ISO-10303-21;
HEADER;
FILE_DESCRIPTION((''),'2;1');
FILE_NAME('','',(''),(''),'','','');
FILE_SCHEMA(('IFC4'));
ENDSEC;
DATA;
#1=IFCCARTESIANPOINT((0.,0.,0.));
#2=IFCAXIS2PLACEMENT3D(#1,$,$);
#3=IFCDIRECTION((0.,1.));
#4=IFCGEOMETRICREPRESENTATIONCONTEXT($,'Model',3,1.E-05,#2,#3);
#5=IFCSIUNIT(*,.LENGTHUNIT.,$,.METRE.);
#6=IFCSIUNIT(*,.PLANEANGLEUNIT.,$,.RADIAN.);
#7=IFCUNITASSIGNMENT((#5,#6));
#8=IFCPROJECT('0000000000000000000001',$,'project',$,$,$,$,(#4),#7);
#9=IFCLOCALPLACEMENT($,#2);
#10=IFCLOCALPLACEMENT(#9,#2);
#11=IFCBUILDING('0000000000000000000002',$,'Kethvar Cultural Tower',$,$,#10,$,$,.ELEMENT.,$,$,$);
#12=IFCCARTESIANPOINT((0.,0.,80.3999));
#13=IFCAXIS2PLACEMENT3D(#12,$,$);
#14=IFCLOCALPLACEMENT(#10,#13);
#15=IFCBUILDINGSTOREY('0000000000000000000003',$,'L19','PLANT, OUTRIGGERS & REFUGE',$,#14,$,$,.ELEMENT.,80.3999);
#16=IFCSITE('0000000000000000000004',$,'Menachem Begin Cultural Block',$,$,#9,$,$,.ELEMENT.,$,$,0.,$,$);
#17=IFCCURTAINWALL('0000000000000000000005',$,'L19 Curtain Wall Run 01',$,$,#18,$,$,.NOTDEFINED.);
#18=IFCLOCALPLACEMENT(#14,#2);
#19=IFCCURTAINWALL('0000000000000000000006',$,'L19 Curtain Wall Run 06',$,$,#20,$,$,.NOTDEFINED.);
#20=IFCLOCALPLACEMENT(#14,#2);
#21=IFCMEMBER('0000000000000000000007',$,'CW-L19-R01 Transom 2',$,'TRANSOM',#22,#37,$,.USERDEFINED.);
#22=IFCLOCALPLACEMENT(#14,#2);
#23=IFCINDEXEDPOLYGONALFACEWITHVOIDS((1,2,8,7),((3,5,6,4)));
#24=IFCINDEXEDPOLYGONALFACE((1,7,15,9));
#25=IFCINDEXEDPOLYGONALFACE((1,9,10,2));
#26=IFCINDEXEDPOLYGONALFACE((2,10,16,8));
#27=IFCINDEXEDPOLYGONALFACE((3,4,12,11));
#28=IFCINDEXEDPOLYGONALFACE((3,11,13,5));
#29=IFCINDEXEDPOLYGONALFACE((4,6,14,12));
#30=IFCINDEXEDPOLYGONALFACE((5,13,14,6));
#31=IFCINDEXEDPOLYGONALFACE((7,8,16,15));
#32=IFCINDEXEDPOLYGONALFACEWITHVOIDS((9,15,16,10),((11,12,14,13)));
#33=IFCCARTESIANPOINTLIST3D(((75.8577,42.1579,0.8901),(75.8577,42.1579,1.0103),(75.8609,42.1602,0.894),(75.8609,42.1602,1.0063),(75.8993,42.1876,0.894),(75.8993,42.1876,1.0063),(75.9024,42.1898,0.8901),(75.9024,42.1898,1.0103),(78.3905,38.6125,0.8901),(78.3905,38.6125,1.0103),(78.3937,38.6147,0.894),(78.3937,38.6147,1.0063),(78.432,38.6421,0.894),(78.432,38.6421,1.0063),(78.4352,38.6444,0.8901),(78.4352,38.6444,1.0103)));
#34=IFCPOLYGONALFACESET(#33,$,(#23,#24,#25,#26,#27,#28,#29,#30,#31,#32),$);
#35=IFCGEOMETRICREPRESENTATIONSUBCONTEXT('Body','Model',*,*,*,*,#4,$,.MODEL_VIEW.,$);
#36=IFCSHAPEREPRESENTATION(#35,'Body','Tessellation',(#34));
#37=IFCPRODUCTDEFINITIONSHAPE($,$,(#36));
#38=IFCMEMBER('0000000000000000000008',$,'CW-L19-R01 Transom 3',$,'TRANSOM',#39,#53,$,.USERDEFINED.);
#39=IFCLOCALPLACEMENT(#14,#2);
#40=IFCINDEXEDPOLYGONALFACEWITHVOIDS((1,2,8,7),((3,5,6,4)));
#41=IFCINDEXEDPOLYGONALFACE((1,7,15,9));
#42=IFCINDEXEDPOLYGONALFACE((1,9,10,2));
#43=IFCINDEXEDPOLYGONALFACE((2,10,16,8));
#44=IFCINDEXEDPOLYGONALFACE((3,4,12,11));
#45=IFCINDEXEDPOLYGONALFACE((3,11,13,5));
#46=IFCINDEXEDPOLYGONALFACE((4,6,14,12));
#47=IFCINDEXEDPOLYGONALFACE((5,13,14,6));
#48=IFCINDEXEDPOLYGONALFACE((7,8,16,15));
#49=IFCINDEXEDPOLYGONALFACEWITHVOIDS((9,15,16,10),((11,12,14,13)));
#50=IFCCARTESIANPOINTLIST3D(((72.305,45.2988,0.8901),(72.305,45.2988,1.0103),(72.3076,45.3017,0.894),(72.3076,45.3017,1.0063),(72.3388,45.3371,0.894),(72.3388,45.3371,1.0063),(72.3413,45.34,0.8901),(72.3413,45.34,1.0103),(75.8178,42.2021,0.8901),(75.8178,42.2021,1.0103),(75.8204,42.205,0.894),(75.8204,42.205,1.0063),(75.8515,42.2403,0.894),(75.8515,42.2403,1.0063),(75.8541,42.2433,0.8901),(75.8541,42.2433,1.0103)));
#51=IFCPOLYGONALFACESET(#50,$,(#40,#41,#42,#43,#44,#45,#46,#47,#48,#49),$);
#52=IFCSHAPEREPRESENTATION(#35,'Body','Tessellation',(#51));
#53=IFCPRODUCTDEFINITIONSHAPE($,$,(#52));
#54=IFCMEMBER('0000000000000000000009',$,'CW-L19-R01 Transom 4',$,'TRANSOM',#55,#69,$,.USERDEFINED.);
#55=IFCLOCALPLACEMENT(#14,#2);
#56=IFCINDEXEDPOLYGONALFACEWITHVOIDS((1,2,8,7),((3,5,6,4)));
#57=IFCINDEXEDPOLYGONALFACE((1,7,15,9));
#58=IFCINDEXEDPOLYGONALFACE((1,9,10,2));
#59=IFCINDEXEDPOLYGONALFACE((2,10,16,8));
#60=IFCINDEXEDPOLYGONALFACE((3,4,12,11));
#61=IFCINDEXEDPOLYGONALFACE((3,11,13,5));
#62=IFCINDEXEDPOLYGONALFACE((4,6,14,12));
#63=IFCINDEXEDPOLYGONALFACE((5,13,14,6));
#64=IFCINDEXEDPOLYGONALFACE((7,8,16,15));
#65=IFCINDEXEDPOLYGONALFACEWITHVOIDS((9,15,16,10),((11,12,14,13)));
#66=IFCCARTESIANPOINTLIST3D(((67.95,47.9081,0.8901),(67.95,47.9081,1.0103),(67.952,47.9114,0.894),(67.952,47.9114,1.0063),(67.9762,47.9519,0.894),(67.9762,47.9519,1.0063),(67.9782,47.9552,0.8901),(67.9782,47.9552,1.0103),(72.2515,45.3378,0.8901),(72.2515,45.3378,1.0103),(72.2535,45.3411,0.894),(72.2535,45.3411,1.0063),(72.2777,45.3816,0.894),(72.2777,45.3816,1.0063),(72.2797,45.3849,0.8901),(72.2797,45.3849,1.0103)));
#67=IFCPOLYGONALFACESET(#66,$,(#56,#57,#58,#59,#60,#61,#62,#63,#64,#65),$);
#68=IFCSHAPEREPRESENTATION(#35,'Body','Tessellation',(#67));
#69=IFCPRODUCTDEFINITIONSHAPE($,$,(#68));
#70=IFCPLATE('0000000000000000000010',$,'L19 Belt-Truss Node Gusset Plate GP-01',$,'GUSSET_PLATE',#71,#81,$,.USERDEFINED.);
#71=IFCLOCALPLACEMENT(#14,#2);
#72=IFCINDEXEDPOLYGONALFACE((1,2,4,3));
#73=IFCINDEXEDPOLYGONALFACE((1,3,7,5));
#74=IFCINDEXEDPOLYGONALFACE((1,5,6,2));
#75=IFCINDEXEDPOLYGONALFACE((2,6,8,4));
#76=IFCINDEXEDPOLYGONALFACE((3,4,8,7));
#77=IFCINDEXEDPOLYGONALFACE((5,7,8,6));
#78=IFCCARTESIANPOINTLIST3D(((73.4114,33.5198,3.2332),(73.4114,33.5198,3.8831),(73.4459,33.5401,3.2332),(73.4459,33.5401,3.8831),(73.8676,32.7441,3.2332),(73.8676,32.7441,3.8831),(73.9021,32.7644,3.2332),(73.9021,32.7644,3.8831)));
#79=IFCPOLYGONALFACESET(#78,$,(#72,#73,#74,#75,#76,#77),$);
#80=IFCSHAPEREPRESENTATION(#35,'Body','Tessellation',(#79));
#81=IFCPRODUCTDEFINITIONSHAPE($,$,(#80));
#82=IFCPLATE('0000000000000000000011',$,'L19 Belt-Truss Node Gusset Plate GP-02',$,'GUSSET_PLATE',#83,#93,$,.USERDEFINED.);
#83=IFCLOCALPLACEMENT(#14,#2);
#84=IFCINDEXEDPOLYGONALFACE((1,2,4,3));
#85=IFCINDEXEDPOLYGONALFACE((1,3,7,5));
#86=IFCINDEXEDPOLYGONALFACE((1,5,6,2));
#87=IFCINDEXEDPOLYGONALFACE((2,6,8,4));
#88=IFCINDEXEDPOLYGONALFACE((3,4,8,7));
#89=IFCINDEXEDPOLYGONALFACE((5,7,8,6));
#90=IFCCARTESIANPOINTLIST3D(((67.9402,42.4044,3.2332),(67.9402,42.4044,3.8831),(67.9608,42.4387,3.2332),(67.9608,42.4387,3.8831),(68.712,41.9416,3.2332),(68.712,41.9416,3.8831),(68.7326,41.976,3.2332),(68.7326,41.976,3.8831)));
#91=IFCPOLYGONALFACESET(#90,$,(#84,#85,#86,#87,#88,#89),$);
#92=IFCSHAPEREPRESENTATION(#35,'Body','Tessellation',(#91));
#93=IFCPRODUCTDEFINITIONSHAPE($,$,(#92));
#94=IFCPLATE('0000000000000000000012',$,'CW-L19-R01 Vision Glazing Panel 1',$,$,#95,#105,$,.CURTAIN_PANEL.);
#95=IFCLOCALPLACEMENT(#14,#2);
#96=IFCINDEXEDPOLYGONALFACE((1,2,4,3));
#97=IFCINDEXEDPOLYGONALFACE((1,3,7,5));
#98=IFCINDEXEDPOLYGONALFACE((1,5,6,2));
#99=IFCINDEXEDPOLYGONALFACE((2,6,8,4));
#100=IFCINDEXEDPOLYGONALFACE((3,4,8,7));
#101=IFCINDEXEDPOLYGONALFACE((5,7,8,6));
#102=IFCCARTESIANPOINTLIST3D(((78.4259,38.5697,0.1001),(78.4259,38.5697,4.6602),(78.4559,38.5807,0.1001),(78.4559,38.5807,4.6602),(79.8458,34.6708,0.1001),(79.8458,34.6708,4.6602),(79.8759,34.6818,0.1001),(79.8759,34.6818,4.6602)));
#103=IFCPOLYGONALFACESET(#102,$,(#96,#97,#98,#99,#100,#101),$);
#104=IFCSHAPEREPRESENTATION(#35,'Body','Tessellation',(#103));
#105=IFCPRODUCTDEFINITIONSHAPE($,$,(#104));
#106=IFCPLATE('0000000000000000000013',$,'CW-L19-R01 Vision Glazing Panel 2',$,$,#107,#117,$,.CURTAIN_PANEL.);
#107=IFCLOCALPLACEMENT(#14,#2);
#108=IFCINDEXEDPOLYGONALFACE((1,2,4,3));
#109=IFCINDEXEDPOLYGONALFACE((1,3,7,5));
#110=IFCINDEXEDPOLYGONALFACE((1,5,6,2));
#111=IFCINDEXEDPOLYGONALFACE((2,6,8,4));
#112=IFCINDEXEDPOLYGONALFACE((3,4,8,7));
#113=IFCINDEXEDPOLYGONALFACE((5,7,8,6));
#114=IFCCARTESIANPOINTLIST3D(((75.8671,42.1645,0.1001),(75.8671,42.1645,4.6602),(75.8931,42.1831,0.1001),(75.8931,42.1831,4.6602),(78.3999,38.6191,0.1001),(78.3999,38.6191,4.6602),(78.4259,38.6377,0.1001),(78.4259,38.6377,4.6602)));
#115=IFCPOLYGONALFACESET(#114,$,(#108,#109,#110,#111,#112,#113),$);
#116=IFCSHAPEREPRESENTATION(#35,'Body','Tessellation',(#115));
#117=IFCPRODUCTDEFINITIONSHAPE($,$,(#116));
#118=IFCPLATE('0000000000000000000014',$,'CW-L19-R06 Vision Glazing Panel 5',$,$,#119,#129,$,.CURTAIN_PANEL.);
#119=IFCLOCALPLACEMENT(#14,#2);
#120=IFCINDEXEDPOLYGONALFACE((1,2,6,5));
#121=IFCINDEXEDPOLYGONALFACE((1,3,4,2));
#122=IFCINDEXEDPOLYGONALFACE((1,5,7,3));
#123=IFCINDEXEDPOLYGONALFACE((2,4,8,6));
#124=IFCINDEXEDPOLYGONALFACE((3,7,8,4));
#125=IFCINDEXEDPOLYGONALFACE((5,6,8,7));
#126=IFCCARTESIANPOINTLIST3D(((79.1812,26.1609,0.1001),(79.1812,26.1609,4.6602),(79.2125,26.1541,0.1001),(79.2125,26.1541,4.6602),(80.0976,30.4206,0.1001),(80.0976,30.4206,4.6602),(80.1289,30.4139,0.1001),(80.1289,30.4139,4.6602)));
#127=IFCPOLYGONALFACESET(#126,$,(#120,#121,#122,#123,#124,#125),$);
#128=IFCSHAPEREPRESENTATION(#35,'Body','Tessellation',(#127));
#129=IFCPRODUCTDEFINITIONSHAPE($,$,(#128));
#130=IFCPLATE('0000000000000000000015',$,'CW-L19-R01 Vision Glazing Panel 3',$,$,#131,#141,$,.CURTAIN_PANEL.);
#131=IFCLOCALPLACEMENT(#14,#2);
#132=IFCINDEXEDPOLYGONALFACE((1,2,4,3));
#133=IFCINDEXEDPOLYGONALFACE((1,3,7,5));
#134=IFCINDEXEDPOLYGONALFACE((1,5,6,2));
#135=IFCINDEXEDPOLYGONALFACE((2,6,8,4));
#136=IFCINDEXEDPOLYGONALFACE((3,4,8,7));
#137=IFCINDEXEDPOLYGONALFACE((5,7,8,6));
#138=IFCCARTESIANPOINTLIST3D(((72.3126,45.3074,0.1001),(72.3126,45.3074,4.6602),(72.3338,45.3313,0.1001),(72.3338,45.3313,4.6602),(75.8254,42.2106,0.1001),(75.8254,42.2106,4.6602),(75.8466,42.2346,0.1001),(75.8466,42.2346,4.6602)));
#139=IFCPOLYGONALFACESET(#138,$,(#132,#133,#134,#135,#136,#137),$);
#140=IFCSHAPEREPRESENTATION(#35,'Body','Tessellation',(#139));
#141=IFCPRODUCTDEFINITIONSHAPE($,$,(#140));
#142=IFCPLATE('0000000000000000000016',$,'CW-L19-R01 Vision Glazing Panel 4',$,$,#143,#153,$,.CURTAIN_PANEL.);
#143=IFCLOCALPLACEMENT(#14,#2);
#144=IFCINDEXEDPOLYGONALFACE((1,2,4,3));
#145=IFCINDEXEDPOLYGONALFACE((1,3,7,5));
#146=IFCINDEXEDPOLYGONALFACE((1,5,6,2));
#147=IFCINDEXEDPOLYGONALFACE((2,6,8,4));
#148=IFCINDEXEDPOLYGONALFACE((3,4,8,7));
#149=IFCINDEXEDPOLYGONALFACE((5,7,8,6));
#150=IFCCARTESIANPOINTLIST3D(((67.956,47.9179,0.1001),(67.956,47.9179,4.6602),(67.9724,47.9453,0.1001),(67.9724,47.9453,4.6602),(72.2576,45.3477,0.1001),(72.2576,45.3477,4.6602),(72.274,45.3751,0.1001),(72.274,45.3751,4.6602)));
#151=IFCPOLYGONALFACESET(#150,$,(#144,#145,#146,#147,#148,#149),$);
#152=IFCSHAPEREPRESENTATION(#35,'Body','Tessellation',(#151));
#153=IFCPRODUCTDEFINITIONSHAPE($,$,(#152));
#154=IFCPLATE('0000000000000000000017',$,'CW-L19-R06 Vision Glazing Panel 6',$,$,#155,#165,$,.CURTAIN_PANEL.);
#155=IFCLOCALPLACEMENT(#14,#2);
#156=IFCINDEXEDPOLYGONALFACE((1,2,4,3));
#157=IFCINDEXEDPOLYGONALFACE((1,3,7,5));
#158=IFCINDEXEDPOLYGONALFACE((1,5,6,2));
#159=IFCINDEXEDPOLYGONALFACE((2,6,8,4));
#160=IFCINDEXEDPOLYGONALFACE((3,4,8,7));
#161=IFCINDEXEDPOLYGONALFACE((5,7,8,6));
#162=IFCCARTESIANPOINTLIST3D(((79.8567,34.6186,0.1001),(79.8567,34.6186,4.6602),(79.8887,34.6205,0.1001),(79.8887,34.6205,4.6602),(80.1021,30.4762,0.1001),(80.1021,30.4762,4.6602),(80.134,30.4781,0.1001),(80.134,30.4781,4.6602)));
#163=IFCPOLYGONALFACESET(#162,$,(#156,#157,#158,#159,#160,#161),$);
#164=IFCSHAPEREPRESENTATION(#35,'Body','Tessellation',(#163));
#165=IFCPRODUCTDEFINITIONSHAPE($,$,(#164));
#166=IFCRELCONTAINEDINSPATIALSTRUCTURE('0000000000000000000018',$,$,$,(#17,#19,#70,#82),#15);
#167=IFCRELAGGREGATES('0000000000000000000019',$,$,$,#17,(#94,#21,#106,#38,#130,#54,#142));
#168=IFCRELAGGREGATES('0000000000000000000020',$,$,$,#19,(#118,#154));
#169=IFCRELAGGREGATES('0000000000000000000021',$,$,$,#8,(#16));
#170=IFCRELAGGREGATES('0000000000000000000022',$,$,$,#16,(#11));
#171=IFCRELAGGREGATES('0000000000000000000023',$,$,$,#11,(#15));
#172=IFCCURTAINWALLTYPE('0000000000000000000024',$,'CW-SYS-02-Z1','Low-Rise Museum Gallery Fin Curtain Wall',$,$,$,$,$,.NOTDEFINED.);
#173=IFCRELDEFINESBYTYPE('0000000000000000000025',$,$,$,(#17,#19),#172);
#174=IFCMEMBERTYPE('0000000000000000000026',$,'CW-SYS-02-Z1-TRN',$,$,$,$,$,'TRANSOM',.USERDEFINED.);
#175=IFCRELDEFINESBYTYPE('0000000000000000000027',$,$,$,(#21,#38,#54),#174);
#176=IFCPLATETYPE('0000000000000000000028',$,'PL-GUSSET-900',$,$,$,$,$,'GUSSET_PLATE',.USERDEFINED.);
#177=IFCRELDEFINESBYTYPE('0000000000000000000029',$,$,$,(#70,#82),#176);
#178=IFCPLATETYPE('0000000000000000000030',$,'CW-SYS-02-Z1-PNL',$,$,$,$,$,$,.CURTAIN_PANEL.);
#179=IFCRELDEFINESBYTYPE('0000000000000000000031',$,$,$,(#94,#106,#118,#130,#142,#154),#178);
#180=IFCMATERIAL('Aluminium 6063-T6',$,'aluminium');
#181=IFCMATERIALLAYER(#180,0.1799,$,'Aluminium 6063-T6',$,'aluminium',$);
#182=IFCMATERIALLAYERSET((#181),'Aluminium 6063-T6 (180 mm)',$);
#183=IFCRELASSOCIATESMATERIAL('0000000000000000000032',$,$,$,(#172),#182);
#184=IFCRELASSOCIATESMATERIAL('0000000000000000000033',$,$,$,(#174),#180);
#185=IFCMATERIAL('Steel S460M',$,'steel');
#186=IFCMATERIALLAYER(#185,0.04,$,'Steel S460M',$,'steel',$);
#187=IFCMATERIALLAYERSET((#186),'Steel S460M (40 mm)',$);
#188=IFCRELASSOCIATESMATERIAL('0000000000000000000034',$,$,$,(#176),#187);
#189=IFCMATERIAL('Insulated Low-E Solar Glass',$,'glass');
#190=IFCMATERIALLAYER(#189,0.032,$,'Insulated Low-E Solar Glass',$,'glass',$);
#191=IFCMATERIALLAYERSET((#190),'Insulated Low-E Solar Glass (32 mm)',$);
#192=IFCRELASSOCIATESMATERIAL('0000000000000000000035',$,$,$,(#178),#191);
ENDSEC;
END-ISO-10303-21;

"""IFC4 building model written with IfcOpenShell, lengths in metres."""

from ifc_helpers import new_model, si_unit, direction, frame, origin, origin_2d, place, context, subcontext, project, spatial, rectangle, hollow_rectangle, extrude, source, transform, mapped, material, layer, layer_set, material_profile, profile_set, type_object, element, aggregate, save


model = new_model("IFC4")

# Units and contexts
model_context = context("Model", 3, precision=1e-05, world=origin(), true_north=direction((0.0, 1.0)))
body_context = subcontext(model_context, "Body", "Model", "MODEL_VIEW")
ifc_project = project(units=[si_unit("LENGTHUNIT", "METRE"), si_unit("PLANEANGLEUNIT", "RADIAN")], contexts=[model_context])

# Site, building, storey
site_placement = place(None, origin())
site = spatial("IfcSite", under=ifc_project, at=site_placement, Name="Menachem Begin Cultural Block", CompositionType="ELEMENT", RefElevation=0.0)
building_placement = place(site_placement, origin())
building = spatial("IfcBuilding", under=site, at=building_placement, Name="Kethvar Cultural Tower", CompositionType="ELEMENT")
storey_placement = place(building_placement, frame((0.0, 0.0, 80.3999)))
storey = spatial("IfcBuildingStorey", under=building, at=storey_placement, Name="L19", Description="PLANT, OUTRIGGERS & REFUGE", CompositionType="ELEMENT", Elevation=80.3999)

# Shared definitions
ifc_material_1 = material(Name="Steel S460M", Category="steel")

# Curtain wall
ifc_material_2 = material(Name="Aluminium 6063-T6", Category="aluminium")
ifc_layer_1 = layer(ifc_material_2, 0.1799, Name="Aluminium 6063-T6", Category="aluminium")
ifc_layer_set_1 = layer_set([ifc_layer_1], Name="Aluminium 6063-T6 (180 mm)")
curtain_wall_type = type_object("IfcCurtainWallType", Name="CW-SYS-02-Z1", Description="Low-Rise Museum Gallery Fin Curtain Wall", PredefinedType="NOTDEFINED", material=ifc_layer_set_1)
curtain_wall_1_placement = place(storey_placement, origin())
curtain_wall_1 = element("IfcCurtainWall", 1, at=curtain_wall_1_placement, inside=storey, type_object=curtain_wall_type, Name="L19 Curtain Wall Run 01", PredefinedType="NOTDEFINED")

# Curtain wall
curtain_wall_2_placement = place(storey_placement, origin())
curtain_wall_2 = element("IfcCurtainWall", 2, at=curtain_wall_2_placement, inside=storey, type_object=curtain_wall_type, Name="L19 Curtain Wall Run 06", PredefinedType="NOTDEFINED")

# Members
ifc_material_profile_1 = material_profile(ifc_material_2, hollow_rectangle(XDim=0.0549, YDim=0.1201, WallThickness=0.0039, at=origin_2d()), Name="Aluminium 6063-T6 — RHS120x55x4")
ifc_profile_set_1 = profile_set([ifc_material_profile_1], Name="Aluminium 6063-T6 — RHS120x55x4")
member_type_1 = type_object("IfcMemberType", Name="CW-SYS-02-Z1-TRN", ElementType="TRANSOM", PredefinedType="USERDEFINED", material=ifc_profile_set_1)
shared_shape_1 = source(origin(), body_context, "Body", "SweptSolid", [
    extrude(hollow_rectangle(XDim=0.0549, YDim=0.1201, WallThickness=0.0039, at=origin_2d()), origin(), (0.0, 0.0, 1.0), 4.3572),
])
member_1_placement = place(storey_placement, frame((78.4128, 38.6284, 0.9502), z_axis=(-0.581281, 0.813703, 0.0), x_axis=(-0.813703, -0.581281, 0.0)))
member_1 = element("IfcMember", 3, at=member_1_placement, type_object=member_type_1, Name="CW-L19-R01 Transom 2", ObjectType="TRANSOM", PredefinedType="USERDEFINED", context=body_context, shape_type="MappedRepresentation", body=[
    mapped(shared_shape_1, transform((0.0, 0.0, 0.0), scale=1.0)),
])
shared_shape_2 = source(origin(), body_context, "Body", "SweptSolid", [
    extrude(hollow_rectangle(XDim=0.0549, YDim=0.1201, WallThickness=0.0039, at=origin_2d()), origin(), (0.0, 0.0, 1.0), 4.6829),
])
member_2_placement = place(storey_placement, frame((75.8359, 42.2227, 0.9502), z_axis=(-0.75013, 0.661291, 0.0), x_axis=(-0.661291, -0.75013, 0.0)))
member_2 = element("IfcMember", 4, at=member_2_placement, type_object=member_type_1, Name="CW-L19-R01 Transom 3", ObjectType="TRANSOM", PredefinedType="USERDEFINED", context=body_context, shape_type="MappedRepresentation", body=[
    mapped(shared_shape_2, transform((0.0, 0.0, 0.0), scale=1.0)),
])
shared_shape_3 = source(origin(), body_context, "Body", "SweptSolid", [
    extrude(hollow_rectangle(XDim=0.0549, YDim=0.1201, WallThickness=0.0039, at=origin_2d()), origin(), (0.0, 0.0, 1.0), 5.011),
])
member_3_placement = place(storey_placement, frame((72.2656, 45.3613, 0.9502), z_axis=(-0.858424, 0.51294, 0.0), x_axis=(-0.51294, -0.858424, 0.0)))
member_3 = element("IfcMember", 5, at=member_3_placement, type_object=member_type_1, Name="CW-L19-R01 Transom 4", ObjectType="TRANSOM", PredefinedType="USERDEFINED", context=body_context, shape_type="MappedRepresentation", body=[
    mapped(shared_shape_3, transform((0.0, 0.0, 0.0), scale=1.0)),
])

# Plates
ifc_layer_2 = layer(ifc_material_1, 0.04, Name="Steel S460M", Category="steel")
ifc_layer_set_2 = layer_set([ifc_layer_2], Name="Steel S460M (40 mm)")
plate_type_1 = type_object("IfcPlateType", Name="PL-GUSSET-900", ElementType="GUSSET_PLATE", PredefinedType="USERDEFINED", material=ifc_layer_set_2)
shared_shape_4 = source(origin(), body_context, "Body", "SweptSolid", [
    extrude(rectangle(XDim=0.8999, YDim=0.04, at=origin_2d()), origin(), (0.0, 0.0, 1.0), 0.6499),
])
for number, where, z_axis, x_axis, name in (
    (6, (73.6567, 33.1421, 3.2332), (0.0, 0.0, 1.0), (-0.506886, 0.862013, 0.0), "L19 Belt-Truss Node Gusset Plate GP-01"),
    (7, (68.3364, 42.1902, 3.2332), (0.0, 0.0, 1.0), (-0.857655, 0.514226, 0.0), "L19 Belt-Truss Node Gusset Plate GP-02"),
):
    element("IfcPlate", number, at=place(storey_placement, frame(where, z_axis=z_axis, x_axis=x_axis)), inside=storey, type_object=plate_type_1, Name=name, ObjectType="GUSSET_PLATE", PredefinedType="USERDEFINED", context=body_context, shape_type="MappedRepresentation", body=[
        mapped(shared_shape_4, transform((0.0, 0.0, 0.0), scale=1.0)),
    ])

# Plates
ifc_material_3 = material(Name="Insulated Low-E Solar Glass", Category="glass")
ifc_layer_3 = layer(ifc_material_3, 0.032, Name="Insulated Low-E Solar Glass", Category="glass")
ifc_layer_set_3 = layer_set([ifc_layer_3], Name="Insulated Low-E Solar Glass (32 mm)")
plate_type_2 = type_object("IfcPlateType", Name="CW-SYS-02-Z1-PNL", PredefinedType="CURTAIN_PANEL", material=ifc_layer_set_3)
shared_shape_5 = source(origin(), body_context, "Body", "SweptSolid", [
    extrude(rectangle(XDim=4.1494, YDim=0.032, at=origin_2d()), origin(), (0.0, 0.0, 1.0), 4.5601),
])
plate_1_placement = place(storey_placement, frame((79.1509, 36.6257, 0.1001), z_axis=(0.0, 0.0, 1.0), x_axis=(-0.342201, 0.939627, 0.0)))
plate_1 = element("IfcPlate", 8, at=plate_1_placement, type_object=plate_type_2, Name="CW-L19-R01 Vision Glazing Panel 1", PredefinedType="CURTAIN_PANEL", context=body_context, shape_type="MappedRepresentation", body=[
    mapped(shared_shape_5, transform((0.0, 0.0, 0.0), scale=1.0)),
])
shared_shape_6 = source(origin(), body_context, "Body", "SweptSolid", [
    extrude(rectangle(XDim=4.3572, YDim=0.032, at=origin_2d()), origin(), (0.0, 0.0, 1.0), 4.5601),
])
plate_2_placement = place(storey_placement, frame((77.1465, 40.4011, 0.1001), z_axis=(0.0, 0.0, 1.0), x_axis=(-0.5813, 0.81369, 0.0)))
plate_2 = element("IfcPlate", 9, at=plate_2_placement, type_object=plate_type_2, Name="CW-L19-R01 Vision Glazing Panel 2", PredefinedType="CURTAIN_PANEL", context=body_context, shape_type="MappedRepresentation", body=[
    mapped(shared_shape_6, transform((0.0, 0.0, 0.0), scale=1.0)),
])
plate_3_placement = place(storey_placement, frame((79.655, 28.2874, 0.1001), z_axis=(0.0, 0.0, 1.0), x_axis=(0.210318, 0.977633, 0.0)))
plate_3 = element("IfcPlate", 10, at=plate_3_placement, type_object=plate_type_2, Name="CW-L19-R06 Vision Glazing Panel 5", PredefinedType="CURTAIN_PANEL", context=body_context, shape_type="MappedRepresentation", body=[
    mapped(shared_shape_6, transform((0.0, 0.0, 0.0), scale=1.0)),
])
shared_shape_7 = source(origin(), body_context, "Body", "SweptSolid", [
    extrude(rectangle(XDim=4.6829, YDim=0.032, at=origin_2d()), origin(), (0.0, 0.0, 1.0), 4.5601),
])
plate_4_placement = place(storey_placement, frame((74.0796, 43.771, 0.1001), z_axis=(0.0, 0.0, 1.0), x_axis=(-0.750134, 0.661286, 0.0)))
plate_4 = element("IfcPlate", 11, at=plate_4_placement, type_object=plate_type_2, Name="CW-L19-R01 Vision Glazing Panel 3", PredefinedType="CURTAIN_PANEL", context=body_context, shape_type="MappedRepresentation", body=[
    mapped(shared_shape_7, transform((0.0, 0.0, 0.0), scale=1.0)),
])
shared_shape_8 = source(origin(), body_context, "Body", "SweptSolid", [
    extrude(rectangle(XDim=5.011, YDim=0.032, at=origin_2d()), origin(), (0.0, 0.0, 1.0), 4.5601),
])
plate_5_placement = place(storey_placement, frame((70.115, 46.6465, 0.1001), z_axis=(0.0, 0.0, 1.0), x_axis=(-0.858441, 0.512912, 0.0)))
plate_5 = element("IfcPlate", 12, at=plate_5_placement, type_object=plate_type_2, Name="CW-L19-R01 Vision Glazing Panel 4", PredefinedType="CURTAIN_PANEL", context=body_context, shape_type="MappedRepresentation", body=[
    mapped(shared_shape_8, transform((0.0, 0.0, 0.0), scale=1.0)),
])
aggregate(curtain_wall_1, [plate_1, member_1, plate_2, member_2, plate_4, member_3, plate_5])
shared_shape_9 = source(origin(), body_context, "Body", "SweptSolid", [
    extrude(rectangle(XDim=4.1497, YDim=0.032, at=origin_2d()), origin(), (0.0, 0.0, 1.0), 4.5601),
])
plate_6_placement = place(storey_placement, frame((79.9954, 32.5483, 0.1001), z_axis=(0.0, 0.0, 1.0), x_axis=(-0.059115, 0.998251, 0.0)))
plate_6 = element("IfcPlate", 13, at=plate_6_placement, type_object=plate_type_2, Name="CW-L19-R06 Vision Glazing Panel 6", PredefinedType="CURTAIN_PANEL", context=body_context, shape_type="MappedRepresentation", body=[
    mapped(shared_shape_9, transform((0.0, 0.0, 0.0), scale=1.0)),
])
aggregate(curtain_wall_2, [plate_3, plate_6])

save(model, "model.ifc")
